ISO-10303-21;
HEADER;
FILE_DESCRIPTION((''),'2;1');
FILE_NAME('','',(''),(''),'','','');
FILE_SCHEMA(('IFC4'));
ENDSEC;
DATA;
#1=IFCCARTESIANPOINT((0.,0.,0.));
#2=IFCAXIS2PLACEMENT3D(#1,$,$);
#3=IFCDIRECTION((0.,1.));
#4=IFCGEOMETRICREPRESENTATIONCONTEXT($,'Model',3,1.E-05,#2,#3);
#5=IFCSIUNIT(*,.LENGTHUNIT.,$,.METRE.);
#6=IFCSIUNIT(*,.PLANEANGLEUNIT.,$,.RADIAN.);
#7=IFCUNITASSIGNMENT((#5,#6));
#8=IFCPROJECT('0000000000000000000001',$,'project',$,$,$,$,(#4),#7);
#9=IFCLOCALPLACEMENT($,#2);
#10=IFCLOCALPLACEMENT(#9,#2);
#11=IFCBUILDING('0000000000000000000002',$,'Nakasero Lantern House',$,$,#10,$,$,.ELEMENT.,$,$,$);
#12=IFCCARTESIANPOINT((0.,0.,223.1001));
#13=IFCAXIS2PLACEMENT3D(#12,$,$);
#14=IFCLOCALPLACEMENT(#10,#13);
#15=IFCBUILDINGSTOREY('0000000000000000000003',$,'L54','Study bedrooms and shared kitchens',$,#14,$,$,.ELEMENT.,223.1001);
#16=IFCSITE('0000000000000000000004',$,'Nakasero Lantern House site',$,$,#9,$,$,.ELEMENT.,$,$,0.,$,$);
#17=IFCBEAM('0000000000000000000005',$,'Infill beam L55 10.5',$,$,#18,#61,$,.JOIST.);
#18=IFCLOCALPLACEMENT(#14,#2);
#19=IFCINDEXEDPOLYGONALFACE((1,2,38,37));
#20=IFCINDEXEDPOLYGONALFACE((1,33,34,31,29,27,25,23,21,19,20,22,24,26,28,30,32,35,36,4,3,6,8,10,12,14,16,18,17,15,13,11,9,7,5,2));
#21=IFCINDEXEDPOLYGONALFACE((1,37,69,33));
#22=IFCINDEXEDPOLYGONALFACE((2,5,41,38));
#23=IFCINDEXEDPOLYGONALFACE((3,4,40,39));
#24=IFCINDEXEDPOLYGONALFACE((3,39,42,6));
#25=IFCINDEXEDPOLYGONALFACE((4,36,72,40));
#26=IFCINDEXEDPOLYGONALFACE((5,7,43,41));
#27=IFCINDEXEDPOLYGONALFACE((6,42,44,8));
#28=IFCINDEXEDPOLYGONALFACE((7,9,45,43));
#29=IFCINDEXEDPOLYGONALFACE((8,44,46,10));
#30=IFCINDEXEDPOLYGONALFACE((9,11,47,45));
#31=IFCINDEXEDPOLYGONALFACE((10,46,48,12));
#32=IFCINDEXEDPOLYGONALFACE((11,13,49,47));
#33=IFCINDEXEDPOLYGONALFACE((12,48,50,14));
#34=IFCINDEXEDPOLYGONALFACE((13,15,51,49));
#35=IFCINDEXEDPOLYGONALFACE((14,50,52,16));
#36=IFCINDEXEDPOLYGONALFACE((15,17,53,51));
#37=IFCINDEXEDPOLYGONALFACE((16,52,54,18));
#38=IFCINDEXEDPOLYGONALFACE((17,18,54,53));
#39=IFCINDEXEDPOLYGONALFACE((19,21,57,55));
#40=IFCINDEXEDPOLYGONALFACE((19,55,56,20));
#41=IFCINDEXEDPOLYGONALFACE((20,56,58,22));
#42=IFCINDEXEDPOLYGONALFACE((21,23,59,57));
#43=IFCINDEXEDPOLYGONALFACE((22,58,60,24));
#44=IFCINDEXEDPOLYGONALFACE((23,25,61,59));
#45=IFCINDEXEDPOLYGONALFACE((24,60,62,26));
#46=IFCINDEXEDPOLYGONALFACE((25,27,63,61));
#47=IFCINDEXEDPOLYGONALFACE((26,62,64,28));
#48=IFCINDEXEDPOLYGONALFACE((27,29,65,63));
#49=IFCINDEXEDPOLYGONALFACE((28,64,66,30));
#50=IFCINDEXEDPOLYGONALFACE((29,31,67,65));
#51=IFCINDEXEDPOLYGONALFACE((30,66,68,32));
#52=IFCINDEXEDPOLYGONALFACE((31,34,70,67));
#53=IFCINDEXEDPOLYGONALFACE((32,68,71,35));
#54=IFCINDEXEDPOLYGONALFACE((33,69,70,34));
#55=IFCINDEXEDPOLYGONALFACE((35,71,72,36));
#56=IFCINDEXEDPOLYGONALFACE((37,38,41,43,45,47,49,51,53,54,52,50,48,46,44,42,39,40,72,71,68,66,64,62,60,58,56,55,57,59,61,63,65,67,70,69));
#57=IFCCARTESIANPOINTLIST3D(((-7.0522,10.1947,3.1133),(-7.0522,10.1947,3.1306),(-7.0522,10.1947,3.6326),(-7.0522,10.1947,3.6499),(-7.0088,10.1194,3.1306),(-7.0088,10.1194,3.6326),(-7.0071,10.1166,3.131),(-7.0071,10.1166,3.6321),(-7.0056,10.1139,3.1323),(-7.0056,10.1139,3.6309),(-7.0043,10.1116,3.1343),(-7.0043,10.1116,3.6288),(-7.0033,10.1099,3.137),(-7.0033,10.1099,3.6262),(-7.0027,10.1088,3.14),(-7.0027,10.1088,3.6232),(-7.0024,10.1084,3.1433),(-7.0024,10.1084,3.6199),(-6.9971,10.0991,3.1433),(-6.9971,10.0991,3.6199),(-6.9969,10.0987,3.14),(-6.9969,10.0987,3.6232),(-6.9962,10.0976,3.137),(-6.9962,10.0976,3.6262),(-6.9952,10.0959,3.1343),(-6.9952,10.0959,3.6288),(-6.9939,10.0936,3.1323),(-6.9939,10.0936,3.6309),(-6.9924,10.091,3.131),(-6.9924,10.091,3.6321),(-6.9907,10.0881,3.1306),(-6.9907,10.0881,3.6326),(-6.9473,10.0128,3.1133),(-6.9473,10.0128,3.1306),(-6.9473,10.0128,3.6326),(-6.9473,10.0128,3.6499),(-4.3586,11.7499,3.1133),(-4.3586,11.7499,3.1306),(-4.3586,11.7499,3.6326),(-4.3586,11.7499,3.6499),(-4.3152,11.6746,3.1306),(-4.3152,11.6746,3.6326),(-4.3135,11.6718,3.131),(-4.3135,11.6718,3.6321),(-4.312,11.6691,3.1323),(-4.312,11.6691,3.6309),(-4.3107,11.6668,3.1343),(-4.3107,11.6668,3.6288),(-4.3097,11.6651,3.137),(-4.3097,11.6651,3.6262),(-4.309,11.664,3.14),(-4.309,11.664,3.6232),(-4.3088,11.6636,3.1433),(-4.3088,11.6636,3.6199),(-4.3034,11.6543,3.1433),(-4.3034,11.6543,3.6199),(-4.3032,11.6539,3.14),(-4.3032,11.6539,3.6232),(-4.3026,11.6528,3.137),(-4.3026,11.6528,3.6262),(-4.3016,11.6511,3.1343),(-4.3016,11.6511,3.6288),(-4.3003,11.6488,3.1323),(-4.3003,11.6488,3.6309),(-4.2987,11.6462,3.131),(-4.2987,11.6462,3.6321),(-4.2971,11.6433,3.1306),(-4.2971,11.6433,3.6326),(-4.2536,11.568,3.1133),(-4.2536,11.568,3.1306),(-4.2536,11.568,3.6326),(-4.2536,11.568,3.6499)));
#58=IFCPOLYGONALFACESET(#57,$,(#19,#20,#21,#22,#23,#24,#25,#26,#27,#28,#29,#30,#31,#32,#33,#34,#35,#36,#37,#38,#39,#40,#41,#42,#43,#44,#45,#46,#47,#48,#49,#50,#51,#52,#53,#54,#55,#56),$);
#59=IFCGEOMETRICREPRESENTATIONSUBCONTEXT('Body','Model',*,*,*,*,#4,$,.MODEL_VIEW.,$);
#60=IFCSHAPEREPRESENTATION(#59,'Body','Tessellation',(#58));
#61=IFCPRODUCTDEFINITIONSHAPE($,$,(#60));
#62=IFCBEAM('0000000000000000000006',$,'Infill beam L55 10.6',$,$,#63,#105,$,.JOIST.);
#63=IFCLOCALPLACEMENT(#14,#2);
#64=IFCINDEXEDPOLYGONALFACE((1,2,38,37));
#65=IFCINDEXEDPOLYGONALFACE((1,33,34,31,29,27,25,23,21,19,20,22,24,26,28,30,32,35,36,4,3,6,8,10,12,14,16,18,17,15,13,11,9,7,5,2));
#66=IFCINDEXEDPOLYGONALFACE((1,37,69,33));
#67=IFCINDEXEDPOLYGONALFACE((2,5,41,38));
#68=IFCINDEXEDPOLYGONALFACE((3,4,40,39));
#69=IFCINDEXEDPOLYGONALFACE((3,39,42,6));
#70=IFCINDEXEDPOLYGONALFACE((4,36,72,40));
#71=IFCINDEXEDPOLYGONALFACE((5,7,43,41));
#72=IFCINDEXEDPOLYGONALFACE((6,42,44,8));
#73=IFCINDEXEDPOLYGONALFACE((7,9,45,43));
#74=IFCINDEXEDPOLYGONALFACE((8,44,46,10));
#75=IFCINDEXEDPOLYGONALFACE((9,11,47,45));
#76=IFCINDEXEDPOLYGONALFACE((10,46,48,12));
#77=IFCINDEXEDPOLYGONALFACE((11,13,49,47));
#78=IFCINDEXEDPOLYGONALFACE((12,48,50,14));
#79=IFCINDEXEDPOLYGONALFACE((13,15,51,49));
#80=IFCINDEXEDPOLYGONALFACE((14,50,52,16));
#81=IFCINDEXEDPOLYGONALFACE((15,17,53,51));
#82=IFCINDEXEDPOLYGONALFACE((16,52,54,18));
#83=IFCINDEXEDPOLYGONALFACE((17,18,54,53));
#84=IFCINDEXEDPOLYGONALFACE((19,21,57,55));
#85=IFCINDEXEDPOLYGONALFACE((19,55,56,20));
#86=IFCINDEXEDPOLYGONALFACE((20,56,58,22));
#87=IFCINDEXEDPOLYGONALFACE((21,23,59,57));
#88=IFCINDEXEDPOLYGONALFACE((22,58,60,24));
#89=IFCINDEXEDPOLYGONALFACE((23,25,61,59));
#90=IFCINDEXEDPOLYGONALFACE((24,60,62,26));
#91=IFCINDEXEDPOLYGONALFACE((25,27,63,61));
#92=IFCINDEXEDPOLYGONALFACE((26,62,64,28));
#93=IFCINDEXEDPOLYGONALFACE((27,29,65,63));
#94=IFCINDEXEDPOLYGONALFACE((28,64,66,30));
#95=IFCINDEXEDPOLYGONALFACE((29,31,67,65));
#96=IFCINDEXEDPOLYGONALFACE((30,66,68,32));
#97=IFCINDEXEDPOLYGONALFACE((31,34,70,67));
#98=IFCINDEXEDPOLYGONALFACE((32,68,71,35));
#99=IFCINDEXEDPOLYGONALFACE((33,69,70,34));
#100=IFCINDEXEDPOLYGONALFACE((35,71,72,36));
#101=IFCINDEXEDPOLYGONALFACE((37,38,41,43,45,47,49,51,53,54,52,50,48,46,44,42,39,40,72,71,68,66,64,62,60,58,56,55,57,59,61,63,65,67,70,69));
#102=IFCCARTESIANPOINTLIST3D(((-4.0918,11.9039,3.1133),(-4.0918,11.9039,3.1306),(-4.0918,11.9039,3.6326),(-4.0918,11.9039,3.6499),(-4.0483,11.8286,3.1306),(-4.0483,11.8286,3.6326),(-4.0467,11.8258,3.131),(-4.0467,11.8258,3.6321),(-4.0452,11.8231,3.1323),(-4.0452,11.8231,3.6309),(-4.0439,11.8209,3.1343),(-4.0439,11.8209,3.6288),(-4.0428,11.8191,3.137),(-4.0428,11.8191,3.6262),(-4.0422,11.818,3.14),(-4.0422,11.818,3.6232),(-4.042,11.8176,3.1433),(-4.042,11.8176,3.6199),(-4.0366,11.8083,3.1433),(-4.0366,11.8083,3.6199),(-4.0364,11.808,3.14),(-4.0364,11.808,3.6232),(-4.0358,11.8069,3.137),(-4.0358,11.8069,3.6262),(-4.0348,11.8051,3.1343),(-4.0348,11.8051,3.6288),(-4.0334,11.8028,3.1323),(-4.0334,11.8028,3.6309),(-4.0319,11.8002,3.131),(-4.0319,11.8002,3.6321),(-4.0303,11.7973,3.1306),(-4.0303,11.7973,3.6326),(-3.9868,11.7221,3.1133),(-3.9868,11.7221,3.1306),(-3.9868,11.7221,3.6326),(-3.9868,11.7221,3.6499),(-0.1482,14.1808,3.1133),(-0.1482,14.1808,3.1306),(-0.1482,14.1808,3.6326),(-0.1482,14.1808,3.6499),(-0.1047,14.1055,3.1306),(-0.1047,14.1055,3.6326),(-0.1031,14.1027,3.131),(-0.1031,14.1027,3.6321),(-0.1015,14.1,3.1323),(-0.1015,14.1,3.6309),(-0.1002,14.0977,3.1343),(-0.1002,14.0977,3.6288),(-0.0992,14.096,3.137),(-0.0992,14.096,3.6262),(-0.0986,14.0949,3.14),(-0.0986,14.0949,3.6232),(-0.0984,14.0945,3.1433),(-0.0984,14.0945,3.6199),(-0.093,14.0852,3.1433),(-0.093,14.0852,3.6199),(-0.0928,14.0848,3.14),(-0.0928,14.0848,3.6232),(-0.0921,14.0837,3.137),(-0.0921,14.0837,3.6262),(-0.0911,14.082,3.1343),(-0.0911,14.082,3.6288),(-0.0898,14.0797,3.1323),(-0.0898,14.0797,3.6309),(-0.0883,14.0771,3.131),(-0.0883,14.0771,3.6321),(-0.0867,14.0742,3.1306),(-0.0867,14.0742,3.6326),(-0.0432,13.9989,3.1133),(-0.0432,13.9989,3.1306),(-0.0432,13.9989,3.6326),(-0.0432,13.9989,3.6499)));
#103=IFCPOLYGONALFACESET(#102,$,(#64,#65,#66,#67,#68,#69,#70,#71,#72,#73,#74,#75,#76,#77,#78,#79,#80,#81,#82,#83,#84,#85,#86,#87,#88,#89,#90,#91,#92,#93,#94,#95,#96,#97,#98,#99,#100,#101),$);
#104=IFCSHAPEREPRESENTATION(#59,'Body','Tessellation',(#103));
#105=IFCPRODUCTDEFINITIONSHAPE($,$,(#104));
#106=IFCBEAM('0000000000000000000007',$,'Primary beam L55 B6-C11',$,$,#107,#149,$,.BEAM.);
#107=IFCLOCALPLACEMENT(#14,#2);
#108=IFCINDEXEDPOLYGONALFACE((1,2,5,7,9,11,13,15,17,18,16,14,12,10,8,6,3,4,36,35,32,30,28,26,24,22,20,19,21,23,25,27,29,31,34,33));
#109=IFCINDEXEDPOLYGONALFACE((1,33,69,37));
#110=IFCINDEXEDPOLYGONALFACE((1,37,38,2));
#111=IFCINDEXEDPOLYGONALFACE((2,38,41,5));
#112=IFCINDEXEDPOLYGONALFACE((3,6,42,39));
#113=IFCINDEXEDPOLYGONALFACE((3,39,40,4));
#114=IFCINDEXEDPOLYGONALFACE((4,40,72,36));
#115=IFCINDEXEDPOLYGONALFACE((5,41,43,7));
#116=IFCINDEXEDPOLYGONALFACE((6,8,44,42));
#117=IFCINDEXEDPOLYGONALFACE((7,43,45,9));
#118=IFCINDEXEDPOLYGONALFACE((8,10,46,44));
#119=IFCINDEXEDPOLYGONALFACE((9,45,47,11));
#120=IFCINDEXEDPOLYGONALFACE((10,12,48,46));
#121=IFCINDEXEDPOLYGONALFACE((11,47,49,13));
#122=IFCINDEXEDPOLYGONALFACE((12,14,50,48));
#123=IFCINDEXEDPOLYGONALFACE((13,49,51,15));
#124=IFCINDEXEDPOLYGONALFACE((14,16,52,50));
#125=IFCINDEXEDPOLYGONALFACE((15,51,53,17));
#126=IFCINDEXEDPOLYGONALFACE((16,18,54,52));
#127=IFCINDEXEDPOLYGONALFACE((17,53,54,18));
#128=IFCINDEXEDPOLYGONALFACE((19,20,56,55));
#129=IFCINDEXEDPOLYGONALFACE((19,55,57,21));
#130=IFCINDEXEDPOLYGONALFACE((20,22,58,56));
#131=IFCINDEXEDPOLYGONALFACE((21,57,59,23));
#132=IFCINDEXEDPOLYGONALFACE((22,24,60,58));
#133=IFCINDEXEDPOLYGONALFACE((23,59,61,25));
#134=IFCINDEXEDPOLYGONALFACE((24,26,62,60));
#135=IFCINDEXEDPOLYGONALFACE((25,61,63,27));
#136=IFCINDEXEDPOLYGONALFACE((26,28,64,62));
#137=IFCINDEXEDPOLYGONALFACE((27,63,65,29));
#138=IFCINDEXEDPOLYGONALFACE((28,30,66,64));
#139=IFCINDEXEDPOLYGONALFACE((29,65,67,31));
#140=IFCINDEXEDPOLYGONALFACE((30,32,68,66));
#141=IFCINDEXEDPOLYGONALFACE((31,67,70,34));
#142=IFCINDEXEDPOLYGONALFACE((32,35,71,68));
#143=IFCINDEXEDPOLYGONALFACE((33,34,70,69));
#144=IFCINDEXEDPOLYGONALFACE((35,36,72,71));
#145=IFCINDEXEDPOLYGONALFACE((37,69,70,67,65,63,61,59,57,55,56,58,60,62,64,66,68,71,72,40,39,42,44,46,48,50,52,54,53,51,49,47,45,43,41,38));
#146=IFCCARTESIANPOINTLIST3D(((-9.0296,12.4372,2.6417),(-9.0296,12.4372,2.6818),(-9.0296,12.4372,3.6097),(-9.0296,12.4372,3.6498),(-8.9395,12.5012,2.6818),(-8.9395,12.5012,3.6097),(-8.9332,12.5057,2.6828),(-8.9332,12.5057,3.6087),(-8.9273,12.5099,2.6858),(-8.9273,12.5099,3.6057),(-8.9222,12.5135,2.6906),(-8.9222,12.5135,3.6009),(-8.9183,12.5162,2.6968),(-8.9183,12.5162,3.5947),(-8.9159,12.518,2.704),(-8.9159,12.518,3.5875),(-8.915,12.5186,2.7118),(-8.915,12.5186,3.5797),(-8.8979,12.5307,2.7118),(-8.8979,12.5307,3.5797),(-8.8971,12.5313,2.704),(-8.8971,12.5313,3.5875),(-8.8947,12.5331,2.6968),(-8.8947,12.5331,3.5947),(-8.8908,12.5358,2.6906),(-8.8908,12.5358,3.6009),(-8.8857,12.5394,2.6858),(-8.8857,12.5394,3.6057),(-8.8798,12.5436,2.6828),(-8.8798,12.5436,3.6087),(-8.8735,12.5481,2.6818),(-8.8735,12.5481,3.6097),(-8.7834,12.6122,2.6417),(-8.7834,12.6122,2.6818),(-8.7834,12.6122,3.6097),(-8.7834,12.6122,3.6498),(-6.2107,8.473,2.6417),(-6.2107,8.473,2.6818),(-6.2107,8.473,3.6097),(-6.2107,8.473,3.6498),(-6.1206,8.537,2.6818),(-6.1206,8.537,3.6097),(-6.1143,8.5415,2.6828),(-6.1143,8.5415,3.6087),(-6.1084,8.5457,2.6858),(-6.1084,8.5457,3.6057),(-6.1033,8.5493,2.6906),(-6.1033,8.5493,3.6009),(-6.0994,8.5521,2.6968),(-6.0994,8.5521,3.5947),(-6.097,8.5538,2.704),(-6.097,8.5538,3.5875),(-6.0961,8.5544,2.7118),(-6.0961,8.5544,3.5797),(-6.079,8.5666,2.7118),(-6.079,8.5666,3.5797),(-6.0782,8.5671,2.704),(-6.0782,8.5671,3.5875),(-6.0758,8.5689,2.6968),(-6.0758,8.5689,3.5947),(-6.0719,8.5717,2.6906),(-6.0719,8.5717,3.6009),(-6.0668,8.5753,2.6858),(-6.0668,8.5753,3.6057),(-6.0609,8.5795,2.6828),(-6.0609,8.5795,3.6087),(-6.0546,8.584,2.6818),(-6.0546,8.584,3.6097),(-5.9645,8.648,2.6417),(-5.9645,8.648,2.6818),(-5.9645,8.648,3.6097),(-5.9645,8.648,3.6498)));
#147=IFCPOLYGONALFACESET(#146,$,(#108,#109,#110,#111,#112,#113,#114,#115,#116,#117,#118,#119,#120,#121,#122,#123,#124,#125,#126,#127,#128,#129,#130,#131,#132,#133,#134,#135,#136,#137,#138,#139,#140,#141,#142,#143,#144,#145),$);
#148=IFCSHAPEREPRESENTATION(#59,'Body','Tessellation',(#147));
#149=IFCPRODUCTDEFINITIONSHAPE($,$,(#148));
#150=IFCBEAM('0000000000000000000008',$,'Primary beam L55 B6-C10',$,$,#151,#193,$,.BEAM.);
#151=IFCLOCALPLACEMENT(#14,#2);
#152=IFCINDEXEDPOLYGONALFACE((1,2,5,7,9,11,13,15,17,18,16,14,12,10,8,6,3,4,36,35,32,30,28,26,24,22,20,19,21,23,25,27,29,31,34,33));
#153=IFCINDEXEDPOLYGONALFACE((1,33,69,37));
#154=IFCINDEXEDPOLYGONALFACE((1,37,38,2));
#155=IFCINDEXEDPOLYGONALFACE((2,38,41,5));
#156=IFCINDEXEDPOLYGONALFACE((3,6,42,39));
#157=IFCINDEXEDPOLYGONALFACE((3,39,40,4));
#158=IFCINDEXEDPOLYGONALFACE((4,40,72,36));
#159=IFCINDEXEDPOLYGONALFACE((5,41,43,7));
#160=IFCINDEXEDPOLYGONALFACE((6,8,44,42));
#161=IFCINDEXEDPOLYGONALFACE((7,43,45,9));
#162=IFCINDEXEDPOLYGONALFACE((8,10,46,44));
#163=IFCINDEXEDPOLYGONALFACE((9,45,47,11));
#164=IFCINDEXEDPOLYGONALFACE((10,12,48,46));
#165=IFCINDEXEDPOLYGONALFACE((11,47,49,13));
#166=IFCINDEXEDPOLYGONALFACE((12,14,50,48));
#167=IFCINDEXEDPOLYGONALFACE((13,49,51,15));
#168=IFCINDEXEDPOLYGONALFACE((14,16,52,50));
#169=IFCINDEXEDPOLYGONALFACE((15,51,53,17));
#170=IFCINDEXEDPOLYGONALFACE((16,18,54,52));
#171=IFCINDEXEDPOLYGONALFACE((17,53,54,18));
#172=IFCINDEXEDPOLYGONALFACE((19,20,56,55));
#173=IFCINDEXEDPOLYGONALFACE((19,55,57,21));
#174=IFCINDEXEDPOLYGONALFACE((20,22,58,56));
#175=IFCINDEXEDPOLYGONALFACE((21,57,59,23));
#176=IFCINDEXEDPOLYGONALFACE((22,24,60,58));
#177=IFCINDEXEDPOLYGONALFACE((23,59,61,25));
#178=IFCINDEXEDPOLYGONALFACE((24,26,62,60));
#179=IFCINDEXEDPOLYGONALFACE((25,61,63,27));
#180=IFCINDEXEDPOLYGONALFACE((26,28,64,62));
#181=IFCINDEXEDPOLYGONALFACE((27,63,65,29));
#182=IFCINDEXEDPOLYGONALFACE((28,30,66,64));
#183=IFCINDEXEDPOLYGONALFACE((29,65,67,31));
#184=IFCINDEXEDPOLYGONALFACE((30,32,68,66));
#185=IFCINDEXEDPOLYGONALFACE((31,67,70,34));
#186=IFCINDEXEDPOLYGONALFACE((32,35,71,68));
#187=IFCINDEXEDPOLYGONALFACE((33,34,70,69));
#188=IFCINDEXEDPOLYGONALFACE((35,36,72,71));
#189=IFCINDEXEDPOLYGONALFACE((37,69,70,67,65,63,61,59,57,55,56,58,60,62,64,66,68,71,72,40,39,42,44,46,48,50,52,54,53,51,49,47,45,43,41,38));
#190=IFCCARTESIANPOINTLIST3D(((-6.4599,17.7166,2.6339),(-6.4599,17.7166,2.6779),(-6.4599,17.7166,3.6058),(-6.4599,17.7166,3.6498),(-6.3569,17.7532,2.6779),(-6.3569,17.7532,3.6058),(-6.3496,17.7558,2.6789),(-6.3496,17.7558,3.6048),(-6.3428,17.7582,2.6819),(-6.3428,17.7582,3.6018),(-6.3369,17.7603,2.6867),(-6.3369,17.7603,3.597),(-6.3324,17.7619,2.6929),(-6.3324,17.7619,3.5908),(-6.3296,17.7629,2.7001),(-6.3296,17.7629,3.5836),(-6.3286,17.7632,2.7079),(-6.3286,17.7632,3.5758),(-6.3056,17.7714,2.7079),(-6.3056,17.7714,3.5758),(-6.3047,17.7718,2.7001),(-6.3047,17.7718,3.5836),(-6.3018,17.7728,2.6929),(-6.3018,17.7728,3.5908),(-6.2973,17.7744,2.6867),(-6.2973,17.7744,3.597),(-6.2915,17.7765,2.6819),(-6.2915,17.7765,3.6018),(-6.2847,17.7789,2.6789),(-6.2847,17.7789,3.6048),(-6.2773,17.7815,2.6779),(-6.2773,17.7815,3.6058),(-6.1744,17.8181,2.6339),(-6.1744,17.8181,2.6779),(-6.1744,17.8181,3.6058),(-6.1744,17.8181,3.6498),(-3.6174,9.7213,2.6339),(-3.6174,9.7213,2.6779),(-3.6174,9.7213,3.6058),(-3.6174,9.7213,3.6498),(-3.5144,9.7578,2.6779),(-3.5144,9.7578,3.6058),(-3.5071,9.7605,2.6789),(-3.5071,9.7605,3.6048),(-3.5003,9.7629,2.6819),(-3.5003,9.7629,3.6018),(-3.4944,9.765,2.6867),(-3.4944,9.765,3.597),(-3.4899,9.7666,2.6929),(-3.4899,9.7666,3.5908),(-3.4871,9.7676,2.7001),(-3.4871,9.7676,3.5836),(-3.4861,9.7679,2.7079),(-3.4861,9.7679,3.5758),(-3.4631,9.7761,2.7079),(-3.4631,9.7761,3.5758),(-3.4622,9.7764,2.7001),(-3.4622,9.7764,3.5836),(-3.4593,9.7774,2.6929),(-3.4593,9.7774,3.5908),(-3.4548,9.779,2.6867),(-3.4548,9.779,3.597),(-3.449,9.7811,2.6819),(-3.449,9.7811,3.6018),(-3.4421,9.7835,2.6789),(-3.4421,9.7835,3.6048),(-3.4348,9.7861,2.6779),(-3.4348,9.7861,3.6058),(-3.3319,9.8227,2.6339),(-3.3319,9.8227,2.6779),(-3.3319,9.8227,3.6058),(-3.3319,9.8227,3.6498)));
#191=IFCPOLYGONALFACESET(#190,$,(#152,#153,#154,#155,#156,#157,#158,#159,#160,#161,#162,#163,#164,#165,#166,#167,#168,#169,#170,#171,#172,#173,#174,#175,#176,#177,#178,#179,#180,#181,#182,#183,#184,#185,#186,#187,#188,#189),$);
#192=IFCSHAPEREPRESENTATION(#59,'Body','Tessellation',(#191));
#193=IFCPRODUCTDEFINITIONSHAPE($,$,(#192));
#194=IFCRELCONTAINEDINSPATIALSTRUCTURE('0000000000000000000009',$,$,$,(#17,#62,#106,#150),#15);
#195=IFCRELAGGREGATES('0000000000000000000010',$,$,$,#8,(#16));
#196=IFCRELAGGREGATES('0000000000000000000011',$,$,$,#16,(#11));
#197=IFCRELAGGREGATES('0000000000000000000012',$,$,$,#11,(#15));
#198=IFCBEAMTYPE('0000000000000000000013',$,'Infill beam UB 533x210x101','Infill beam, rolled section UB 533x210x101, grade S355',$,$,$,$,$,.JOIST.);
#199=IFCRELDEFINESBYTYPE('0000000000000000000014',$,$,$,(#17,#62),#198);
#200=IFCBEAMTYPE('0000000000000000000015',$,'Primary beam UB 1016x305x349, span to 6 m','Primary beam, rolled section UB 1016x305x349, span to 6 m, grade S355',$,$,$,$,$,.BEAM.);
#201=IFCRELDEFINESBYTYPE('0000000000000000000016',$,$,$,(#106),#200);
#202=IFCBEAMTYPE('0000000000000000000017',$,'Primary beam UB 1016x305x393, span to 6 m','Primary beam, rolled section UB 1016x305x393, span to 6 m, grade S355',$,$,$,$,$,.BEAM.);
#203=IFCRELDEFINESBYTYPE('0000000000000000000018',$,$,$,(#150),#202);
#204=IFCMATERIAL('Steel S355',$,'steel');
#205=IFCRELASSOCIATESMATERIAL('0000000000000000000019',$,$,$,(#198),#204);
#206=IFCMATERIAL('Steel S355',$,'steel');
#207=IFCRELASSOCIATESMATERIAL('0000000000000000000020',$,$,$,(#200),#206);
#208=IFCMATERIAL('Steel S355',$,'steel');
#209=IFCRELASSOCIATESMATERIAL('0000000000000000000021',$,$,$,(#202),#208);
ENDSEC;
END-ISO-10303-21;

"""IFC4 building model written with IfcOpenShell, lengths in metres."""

from ifc_helpers import new_model, si_unit, direction, frame, origin, origin_2d, place, context, subcontext, project, spatial, i_section, extrude, material, material_profile, profile_set, type_object, element, save


model = new_model("IFC4")

# Units and contexts
model_context = context("Model", 3, precision=1e-05, world=origin(), true_north=direction((0.0, 1.0)))
body_context = subcontext(model_context, "Body", "Model", "MODEL_VIEW")
ifc_project = project(units=[si_unit("LENGTHUNIT", "METRE"), si_unit("PLANEANGLEUNIT", "RADIAN")], contexts=[model_context])

# Site, building, storey
site_placement = place(None, origin())
site = spatial("IfcSite", under=ifc_project, at=site_placement, Name="Nakasero Lantern House site", CompositionType="ELEMENT", RefElevation=0.0)
building_placement = place(site_placement, origin())
building = spatial("IfcBuilding", under=site, at=building_placement, Name="Nakasero Lantern House", CompositionType="ELEMENT")
storey_placement = place(building_placement, frame((0.0, 0.0, 223.1001)))
storey = spatial("IfcBuildingStorey", under=building, at=storey_placement, Name="L54", Description="Study bedrooms and shared kitchens", CompositionType="ELEMENT", Elevation=223.1001)

# Beams
ifc_material_1 = material(Name="Steel S355", Category="steel")
ifc_material_profile_1 = material_profile(ifc_material_1, i_section(OverallWidth=0.21, OverallDepth=0.5366, WebThickness=0.0107, FlangeThickness=0.0173, FilletRadius=0.0127, at=origin_2d()), Name="UB 533x210x101")
ifc_profile_set_1 = profile_set([ifc_material_profile_1], Name="Steel S355")
beam_type_1 = type_object("IfcBeamType", Name="Infill beam UB 533x210x101", Description="Infill beam, rolled section UB 533x210x101, grade S355", PredefinedType="JOIST", material=ifc_profile_set_1)
beam_1_placement = place(storey_placement, frame((-6.9998, 10.1038, 3.3816), z_axis=(0.866022, 0.500006, 0.0), x_axis=(-0.500006, 0.866022, 0.0)))
element("IfcBeam", 1, at=beam_1_placement, inside=storey, type_object=beam_type_1, Name="Infill beam L55 10.5", PredefinedType="JOIST", context=body_context, shape_type="SweptSolid", body=[
    extrude(i_section(OverallWidth=0.21, OverallDepth=0.5366, WebThickness=0.0107, FlangeThickness=0.0173, FilletRadius=0.0127, at=origin_2d()), origin(), (0.0, 0.0, 1.0), 3.1104),
])
beam_2_placement = place(storey_placement, frame((-4.0393, 11.813, 3.3816), z_axis=(0.866024, 0.500002, 0.0), x_axis=(-0.500002, 0.866024, 0.0)))
element("IfcBeam", 2, at=beam_2_placement, inside=storey, type_object=beam_type_1, Name="Infill beam L55 10.6", PredefinedType="JOIST", context=body_context, shape_type="SweptSolid", body=[
    extrude(i_section(OverallWidth=0.21, OverallDepth=0.5366, WebThickness=0.0107, FlangeThickness=0.0173, FilletRadius=0.0127, at=origin_2d()), origin(), (0.0, 0.0, 1.0), 4.5537),
])
ifc_material_2 = material(Name="Steel S355", Category="steel")
ifc_material_profile_2 = material_profile(ifc_material_2, i_section(OverallWidth=0.302, OverallDepth=1.0081, WebThickness=0.021, FlangeThickness=0.04, FilletRadius=0.03, at=origin_2d()), Name="UB 1016x305x349")
ifc_profile_set_2 = profile_set([ifc_material_profile_2], Name="Steel S355")
beam_type_2 = type_object("IfcBeamType", Name="Primary beam UB 1016x305x349, span to 6 m", Description="Primary beam, rolled section UB 1016x305x349, span to 6 m, grade S355", PredefinedType="BEAM", material=ifc_profile_set_2)
beam_3_placement = place(storey_placement, frame((-8.9065, 12.5247, 3.1458), z_axis=(0.579513, -0.814963, 0.0), x_axis=(0.814963, 0.579513, 0.0)))
element("IfcBeam", 3, at=beam_3_placement, inside=storey, type_object=beam_type_2, Name="Primary beam L55 B6-C11", PredefinedType="BEAM", context=body_context, shape_type="SweptSolid", body=[
    extrude(i_section(OverallWidth=0.302, OverallDepth=1.0081, WebThickness=0.021, FlangeThickness=0.04, FilletRadius=0.03, at=origin_2d()), origin(), (0.0, 0.0, 1.0), 4.8643),
])
ifc_material_3 = material(Name="Steel S355", Category="steel")
ifc_material_profile_3 = material_profile(ifc_material_3, i_section(OverallWidth=0.303, OverallDepth=1.0159, WebThickness=0.0244, FlangeThickness=0.0439, FilletRadius=0.03, at=origin_2d()), Name="UB 1016x305x393")
ifc_profile_set_3 = profile_set([ifc_material_profile_3], Name="Steel S355")
beam_type_3 = type_object("IfcBeamType", Name="Primary beam UB 1016x305x393, span to 6 m", Description="Primary beam, rolled section UB 1016x305x393, span to 6 m, grade S355", PredefinedType="BEAM", material=ifc_profile_set_3)
beam_4_placement = place(storey_placement, frame((-6.3171, 17.7673, 3.1418), z_axis=(0.334982, -0.942225, 0.0), x_axis=(0.942225, 0.334982, 0.0)))
element("IfcBeam", 4, at=beam_4_placement, inside=storey, type_object=beam_type_3, Name="Primary beam L55 B6-C10", PredefinedType="BEAM", context=body_context, shape_type="SweptSolid", body=[
    extrude(i_section(OverallWidth=0.303, OverallDepth=1.0159, WebThickness=0.0244, FlangeThickness=0.0439, FilletRadius=0.03, at=origin_2d()), origin(), (0.0, 0.0, 1.0), 8.4856),
])

save(model, "model.ifc")
